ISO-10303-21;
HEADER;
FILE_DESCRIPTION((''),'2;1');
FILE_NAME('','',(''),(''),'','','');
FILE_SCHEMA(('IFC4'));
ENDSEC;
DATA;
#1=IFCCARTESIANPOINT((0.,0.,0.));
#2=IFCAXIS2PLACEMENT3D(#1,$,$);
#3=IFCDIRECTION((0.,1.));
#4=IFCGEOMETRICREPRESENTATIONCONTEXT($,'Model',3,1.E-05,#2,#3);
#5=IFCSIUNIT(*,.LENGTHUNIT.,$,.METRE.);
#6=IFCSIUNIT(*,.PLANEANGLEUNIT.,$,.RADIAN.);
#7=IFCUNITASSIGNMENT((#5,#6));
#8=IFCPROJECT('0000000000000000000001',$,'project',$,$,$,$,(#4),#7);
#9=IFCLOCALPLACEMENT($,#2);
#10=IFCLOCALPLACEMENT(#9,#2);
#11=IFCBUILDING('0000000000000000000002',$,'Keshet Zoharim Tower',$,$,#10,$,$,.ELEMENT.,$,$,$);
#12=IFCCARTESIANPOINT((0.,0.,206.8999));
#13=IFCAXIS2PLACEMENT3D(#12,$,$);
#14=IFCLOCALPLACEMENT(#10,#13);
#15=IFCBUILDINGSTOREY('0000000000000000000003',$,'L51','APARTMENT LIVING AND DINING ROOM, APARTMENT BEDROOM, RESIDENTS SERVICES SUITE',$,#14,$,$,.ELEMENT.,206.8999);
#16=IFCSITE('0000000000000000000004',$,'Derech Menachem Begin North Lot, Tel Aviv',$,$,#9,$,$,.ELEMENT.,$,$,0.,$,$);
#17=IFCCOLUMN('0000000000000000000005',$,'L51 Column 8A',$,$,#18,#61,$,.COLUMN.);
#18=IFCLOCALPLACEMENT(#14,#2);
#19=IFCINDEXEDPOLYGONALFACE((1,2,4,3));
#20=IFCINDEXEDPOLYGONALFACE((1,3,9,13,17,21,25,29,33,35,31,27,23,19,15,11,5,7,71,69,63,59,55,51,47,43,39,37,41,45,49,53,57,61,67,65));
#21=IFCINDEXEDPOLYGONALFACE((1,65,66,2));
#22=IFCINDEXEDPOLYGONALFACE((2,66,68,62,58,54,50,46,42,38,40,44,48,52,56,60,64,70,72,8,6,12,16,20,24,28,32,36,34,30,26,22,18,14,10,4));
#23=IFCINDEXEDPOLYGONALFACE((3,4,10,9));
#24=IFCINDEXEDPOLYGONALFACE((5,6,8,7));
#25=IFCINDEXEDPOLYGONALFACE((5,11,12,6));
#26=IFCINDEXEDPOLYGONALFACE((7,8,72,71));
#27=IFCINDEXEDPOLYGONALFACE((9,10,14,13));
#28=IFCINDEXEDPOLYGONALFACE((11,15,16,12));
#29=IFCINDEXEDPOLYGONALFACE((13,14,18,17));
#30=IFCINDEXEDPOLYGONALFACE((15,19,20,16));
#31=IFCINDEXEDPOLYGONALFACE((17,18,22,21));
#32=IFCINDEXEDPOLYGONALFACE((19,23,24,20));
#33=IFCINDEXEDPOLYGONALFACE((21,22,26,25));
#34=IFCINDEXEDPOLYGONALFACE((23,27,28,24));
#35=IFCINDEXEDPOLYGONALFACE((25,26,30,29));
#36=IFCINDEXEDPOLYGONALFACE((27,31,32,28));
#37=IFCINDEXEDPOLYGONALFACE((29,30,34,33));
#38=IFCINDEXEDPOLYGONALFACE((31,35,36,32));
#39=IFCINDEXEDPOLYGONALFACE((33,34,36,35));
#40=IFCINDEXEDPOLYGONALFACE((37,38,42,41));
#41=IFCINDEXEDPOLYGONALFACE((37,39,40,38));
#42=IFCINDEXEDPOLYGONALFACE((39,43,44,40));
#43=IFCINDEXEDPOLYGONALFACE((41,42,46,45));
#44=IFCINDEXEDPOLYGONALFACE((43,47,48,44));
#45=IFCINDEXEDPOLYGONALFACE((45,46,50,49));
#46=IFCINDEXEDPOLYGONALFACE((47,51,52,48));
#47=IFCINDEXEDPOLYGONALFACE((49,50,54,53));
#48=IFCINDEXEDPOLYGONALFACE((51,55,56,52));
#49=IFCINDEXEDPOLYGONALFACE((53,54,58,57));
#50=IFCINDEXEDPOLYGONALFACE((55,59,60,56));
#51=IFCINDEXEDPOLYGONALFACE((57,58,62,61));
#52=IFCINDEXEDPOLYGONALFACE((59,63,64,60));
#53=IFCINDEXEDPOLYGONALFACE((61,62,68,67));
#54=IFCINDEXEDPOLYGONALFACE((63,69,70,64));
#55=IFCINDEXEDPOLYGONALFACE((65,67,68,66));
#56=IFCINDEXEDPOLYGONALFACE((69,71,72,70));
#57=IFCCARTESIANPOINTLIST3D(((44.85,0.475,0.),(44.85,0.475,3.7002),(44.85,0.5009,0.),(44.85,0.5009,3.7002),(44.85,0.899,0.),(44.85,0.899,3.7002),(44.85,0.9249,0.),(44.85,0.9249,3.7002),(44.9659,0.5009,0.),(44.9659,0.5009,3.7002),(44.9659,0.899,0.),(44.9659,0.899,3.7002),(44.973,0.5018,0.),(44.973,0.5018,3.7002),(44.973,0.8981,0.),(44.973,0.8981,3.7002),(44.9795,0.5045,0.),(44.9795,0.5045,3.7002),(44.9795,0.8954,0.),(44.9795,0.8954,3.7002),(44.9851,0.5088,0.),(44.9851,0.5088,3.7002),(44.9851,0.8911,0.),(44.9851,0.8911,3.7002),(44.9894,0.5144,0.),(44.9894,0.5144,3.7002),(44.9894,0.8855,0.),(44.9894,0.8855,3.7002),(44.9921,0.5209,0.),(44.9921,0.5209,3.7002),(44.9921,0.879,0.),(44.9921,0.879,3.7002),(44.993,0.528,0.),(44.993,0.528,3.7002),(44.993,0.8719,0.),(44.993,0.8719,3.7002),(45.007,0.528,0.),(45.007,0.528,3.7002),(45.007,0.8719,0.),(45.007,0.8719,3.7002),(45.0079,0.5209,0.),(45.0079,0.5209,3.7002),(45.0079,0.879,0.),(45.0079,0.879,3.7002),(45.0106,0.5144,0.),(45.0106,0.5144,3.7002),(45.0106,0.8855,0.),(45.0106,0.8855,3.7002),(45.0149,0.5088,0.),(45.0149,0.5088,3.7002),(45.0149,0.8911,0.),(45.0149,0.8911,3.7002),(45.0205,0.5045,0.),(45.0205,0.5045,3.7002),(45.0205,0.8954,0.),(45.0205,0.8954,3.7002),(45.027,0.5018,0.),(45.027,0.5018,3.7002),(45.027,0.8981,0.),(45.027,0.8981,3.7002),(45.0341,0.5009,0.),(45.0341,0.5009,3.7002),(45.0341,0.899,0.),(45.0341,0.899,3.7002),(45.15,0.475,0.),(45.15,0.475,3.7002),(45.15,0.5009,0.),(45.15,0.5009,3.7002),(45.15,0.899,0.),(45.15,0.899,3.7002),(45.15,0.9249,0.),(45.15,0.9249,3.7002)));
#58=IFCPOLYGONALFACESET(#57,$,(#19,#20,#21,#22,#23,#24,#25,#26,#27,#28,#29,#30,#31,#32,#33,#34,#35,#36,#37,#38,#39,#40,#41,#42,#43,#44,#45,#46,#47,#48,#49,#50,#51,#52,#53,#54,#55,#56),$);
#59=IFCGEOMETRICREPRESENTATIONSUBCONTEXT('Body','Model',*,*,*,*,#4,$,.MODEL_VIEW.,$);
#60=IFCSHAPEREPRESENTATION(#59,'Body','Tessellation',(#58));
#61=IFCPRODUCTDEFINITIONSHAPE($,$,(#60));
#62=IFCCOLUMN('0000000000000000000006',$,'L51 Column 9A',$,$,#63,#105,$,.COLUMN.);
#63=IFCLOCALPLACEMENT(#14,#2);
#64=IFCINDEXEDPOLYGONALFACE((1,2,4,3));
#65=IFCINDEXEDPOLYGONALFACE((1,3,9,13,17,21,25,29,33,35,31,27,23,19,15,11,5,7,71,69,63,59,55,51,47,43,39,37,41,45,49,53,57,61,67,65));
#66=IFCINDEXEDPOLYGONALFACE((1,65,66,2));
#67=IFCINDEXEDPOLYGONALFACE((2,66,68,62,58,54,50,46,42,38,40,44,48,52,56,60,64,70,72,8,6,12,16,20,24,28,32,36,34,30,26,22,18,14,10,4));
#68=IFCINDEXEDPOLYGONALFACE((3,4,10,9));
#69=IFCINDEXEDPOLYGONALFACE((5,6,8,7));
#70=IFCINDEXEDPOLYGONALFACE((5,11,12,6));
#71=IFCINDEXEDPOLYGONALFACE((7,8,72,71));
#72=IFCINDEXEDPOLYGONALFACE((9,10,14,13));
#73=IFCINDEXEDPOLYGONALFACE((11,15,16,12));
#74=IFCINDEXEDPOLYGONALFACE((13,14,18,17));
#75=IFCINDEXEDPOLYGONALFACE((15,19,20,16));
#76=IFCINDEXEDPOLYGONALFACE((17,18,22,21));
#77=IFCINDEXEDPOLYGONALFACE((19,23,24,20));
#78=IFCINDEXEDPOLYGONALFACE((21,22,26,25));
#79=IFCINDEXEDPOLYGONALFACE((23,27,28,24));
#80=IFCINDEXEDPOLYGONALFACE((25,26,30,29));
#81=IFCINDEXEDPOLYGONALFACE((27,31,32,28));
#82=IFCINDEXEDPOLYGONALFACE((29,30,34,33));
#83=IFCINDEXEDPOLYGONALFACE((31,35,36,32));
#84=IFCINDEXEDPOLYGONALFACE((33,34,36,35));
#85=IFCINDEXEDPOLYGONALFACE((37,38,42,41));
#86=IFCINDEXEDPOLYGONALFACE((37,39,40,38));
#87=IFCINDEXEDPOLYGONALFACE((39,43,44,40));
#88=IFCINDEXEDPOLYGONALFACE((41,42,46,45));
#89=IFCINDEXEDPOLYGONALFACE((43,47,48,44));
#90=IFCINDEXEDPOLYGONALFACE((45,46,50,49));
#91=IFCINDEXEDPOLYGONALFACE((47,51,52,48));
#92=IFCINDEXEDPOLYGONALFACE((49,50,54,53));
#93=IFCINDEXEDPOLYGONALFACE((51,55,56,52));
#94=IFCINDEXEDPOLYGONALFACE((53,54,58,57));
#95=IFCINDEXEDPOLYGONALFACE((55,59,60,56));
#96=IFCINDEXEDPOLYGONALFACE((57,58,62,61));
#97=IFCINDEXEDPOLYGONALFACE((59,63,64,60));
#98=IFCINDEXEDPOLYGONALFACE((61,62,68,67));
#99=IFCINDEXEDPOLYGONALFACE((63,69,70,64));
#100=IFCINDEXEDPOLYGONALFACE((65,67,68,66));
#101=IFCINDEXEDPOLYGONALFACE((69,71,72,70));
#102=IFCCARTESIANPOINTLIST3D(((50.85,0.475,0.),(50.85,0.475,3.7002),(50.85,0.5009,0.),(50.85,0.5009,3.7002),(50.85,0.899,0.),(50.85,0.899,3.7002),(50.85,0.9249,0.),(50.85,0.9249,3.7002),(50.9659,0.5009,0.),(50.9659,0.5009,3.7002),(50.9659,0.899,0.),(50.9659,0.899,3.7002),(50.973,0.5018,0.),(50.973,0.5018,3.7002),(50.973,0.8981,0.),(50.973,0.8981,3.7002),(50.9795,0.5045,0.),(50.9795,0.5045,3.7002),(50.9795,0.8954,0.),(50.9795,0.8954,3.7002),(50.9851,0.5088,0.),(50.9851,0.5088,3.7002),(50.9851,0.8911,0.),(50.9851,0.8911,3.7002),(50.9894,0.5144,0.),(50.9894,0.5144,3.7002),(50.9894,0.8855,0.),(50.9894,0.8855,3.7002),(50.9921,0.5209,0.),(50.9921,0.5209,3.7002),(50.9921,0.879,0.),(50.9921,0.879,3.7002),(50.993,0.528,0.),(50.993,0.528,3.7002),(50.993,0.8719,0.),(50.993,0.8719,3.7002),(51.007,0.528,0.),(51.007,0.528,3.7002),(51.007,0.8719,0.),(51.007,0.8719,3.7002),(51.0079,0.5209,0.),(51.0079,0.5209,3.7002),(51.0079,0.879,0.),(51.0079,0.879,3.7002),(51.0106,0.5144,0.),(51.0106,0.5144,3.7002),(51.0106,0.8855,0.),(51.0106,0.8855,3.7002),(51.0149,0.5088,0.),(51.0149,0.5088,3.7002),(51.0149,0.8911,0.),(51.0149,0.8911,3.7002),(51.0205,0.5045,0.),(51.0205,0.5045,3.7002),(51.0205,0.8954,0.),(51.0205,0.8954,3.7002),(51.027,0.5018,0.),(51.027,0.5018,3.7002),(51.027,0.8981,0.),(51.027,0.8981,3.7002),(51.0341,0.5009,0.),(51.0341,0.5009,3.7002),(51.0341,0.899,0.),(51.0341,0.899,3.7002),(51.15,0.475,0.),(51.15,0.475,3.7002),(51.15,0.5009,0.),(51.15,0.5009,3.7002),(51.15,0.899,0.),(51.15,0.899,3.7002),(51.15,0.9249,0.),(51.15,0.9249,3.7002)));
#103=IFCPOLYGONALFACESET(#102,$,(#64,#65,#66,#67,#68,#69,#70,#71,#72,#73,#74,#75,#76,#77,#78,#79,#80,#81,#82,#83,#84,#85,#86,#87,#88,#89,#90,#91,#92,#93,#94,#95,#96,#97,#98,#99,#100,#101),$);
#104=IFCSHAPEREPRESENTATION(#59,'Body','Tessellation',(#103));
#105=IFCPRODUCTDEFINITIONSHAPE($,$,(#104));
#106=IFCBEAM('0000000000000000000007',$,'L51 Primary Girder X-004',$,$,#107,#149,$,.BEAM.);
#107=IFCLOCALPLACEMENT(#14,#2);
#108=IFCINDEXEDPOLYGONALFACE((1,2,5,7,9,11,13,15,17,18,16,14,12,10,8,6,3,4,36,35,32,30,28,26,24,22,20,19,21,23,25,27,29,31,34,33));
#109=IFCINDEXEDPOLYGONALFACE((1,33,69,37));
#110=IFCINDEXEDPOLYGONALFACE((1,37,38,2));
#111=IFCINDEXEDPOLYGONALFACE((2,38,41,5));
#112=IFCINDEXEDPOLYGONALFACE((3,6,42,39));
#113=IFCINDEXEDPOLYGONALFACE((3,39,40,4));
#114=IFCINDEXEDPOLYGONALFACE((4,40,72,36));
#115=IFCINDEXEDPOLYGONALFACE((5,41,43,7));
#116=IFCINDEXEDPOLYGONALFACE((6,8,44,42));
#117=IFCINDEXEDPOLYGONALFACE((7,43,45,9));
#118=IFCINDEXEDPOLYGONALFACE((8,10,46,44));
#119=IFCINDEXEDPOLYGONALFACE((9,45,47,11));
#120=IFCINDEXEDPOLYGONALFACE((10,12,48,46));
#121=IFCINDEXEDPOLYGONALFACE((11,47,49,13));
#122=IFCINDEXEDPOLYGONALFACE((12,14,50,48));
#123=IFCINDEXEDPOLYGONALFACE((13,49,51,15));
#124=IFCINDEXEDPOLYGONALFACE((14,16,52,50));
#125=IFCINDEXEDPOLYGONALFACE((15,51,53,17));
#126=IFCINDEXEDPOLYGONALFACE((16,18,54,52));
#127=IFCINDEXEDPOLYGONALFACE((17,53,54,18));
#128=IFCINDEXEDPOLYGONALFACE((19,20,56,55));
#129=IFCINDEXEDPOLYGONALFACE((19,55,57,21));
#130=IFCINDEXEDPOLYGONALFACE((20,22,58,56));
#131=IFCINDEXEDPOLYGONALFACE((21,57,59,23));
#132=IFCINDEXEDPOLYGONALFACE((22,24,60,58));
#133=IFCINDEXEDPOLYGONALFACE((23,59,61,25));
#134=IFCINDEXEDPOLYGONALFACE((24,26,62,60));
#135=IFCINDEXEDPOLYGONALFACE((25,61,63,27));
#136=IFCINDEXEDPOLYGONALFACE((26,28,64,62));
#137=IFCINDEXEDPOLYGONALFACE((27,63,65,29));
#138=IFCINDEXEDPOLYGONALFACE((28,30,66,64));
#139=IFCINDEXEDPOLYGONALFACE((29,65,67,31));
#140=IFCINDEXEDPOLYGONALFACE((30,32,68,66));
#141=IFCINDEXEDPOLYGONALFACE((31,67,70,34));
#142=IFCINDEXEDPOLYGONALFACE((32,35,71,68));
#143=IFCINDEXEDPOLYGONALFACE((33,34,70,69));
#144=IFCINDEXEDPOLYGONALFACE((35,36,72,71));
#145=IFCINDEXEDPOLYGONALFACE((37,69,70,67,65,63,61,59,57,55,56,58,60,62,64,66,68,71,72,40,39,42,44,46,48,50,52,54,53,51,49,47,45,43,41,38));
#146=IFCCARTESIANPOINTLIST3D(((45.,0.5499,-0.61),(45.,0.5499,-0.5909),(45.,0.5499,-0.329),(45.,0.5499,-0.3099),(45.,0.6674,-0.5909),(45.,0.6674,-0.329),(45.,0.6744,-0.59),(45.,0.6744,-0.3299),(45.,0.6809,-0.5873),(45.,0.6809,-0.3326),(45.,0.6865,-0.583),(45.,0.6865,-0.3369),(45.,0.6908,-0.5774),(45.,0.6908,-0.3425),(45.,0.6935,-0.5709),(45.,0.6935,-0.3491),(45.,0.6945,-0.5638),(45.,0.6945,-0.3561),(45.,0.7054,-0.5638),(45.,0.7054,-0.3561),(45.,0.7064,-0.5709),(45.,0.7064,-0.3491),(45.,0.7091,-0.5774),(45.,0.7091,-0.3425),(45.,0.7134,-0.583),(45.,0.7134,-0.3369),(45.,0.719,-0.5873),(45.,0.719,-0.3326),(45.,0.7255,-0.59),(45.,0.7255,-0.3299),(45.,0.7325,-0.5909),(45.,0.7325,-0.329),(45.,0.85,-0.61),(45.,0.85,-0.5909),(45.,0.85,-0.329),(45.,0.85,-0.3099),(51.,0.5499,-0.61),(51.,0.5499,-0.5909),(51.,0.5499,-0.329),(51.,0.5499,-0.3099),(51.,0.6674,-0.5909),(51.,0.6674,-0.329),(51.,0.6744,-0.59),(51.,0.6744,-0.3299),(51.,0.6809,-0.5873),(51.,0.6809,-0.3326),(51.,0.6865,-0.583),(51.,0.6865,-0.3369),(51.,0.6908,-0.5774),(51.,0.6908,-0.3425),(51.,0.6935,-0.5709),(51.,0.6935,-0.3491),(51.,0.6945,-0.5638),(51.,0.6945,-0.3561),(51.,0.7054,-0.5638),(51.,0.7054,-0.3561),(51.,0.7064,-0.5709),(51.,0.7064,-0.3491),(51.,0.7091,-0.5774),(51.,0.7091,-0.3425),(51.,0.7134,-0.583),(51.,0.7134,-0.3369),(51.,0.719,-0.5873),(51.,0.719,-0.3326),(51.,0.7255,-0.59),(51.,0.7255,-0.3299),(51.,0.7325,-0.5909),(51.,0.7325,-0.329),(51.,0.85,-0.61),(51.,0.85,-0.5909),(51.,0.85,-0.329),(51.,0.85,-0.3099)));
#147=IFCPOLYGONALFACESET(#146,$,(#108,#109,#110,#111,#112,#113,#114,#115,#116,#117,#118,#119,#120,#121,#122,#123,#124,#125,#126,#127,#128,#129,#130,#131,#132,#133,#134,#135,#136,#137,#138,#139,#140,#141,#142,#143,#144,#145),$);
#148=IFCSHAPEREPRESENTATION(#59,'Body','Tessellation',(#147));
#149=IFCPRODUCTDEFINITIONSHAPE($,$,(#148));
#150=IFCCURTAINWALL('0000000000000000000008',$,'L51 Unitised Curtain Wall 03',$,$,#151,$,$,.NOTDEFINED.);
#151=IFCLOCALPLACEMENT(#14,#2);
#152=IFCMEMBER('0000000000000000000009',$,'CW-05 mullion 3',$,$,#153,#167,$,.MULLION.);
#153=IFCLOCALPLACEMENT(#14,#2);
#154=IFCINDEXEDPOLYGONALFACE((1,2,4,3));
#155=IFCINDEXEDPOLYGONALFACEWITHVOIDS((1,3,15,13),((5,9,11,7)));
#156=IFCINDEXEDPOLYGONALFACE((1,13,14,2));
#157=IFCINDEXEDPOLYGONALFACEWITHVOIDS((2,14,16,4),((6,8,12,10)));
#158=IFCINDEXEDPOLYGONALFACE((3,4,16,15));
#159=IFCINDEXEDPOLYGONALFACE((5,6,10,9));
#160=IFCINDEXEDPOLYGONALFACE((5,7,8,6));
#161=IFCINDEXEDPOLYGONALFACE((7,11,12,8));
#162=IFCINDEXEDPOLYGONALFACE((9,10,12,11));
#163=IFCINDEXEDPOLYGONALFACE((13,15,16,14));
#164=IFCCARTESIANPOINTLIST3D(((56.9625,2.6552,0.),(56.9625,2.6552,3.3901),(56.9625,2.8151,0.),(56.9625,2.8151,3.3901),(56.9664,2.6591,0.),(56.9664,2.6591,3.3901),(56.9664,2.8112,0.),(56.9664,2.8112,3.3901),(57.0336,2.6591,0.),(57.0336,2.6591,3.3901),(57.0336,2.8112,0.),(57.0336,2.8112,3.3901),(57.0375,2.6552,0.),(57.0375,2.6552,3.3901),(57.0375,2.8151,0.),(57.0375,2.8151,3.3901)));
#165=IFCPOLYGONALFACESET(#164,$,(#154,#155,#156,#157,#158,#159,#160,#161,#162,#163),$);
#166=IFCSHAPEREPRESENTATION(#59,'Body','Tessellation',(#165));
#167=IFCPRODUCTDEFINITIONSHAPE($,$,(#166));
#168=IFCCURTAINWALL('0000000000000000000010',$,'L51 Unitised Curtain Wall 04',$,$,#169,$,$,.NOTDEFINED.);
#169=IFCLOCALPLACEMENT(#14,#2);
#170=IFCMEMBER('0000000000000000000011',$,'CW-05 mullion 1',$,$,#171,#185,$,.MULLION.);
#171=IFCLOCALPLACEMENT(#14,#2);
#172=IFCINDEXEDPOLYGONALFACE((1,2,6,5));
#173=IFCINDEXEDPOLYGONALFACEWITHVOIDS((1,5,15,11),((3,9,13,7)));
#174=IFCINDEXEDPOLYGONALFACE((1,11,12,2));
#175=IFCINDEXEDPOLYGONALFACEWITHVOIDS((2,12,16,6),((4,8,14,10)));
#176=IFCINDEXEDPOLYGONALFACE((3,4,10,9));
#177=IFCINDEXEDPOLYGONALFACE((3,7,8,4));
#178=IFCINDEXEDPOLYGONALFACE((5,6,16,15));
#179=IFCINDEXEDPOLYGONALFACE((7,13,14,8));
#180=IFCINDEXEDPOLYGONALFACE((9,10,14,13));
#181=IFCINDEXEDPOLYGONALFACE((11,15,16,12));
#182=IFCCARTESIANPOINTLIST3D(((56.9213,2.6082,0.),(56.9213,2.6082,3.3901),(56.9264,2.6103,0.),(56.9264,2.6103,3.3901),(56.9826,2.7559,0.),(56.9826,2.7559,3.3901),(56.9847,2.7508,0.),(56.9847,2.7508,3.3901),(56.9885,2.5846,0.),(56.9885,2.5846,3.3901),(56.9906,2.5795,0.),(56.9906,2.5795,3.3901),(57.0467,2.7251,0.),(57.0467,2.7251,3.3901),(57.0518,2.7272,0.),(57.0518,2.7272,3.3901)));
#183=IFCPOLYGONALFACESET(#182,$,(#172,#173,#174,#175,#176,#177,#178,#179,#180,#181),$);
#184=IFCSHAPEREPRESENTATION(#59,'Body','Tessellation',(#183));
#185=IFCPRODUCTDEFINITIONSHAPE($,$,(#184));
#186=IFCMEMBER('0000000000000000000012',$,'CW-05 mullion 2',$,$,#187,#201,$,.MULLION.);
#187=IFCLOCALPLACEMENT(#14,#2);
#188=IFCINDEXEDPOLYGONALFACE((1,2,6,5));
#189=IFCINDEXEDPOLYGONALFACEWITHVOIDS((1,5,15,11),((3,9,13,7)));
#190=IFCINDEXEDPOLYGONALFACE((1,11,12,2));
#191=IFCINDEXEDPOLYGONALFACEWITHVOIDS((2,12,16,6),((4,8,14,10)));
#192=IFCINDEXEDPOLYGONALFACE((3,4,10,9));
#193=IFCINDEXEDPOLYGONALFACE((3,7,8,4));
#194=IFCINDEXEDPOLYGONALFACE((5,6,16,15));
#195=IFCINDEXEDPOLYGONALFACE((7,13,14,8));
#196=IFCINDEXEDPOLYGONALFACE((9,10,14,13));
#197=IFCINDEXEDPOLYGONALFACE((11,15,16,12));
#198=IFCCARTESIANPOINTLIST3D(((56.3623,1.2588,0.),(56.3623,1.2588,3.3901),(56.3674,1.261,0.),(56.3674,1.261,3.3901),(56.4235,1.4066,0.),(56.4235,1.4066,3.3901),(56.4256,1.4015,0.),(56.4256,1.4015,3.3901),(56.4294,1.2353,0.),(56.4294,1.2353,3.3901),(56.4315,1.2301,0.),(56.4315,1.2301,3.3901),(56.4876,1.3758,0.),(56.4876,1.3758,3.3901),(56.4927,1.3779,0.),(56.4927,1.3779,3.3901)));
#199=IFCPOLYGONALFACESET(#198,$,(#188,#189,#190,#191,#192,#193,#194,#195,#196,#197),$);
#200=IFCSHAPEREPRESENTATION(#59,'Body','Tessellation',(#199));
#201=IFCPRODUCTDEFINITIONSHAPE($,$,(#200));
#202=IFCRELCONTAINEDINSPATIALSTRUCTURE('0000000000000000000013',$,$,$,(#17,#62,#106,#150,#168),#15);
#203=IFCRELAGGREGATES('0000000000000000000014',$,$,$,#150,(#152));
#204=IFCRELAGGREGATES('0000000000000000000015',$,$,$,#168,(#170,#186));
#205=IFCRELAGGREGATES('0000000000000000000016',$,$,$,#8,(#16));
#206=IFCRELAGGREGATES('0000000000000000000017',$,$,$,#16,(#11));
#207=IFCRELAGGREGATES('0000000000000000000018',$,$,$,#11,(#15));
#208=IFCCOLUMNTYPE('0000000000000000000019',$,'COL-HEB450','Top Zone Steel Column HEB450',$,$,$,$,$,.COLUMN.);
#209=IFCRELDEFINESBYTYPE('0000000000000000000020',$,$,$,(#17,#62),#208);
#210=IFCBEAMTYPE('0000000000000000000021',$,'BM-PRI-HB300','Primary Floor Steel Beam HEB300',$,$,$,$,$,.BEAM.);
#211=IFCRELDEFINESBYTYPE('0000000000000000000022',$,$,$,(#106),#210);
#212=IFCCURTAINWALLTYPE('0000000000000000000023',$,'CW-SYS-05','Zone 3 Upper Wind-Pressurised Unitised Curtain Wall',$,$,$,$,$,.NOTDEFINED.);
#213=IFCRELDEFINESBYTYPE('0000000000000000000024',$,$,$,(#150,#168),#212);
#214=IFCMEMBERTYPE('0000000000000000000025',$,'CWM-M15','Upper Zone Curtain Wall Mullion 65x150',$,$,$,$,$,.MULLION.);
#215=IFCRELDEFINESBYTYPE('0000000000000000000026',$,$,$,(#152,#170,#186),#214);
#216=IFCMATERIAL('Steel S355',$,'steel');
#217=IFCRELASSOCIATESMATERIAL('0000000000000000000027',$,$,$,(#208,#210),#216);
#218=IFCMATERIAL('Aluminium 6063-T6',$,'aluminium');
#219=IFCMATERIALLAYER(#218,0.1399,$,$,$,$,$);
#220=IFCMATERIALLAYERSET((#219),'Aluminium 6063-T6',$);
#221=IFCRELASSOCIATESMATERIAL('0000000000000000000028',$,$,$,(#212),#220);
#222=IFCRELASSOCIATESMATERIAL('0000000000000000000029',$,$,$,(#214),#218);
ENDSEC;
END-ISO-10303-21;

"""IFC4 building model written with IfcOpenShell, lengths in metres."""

from ifc_helpers import new_model, si_unit, direction, frame, origin, origin_2d, place, context, subcontext, project, spatial, hollow_rectangle, i_section, extrude, material, layer, layer_set, material_profile, profile_set, type_object, element, aggregate, save


model = new_model("IFC4")

# Units and contexts
model_context = context("Model", 3, precision=1e-05, world=origin(), true_north=direction((0.0, 1.0)))
body_context = subcontext(model_context, "Body", "Model", "MODEL_VIEW")
ifc_project = project(units=[si_unit("LENGTHUNIT", "METRE"), si_unit("PLANEANGLEUNIT", "RADIAN")], contexts=[model_context])

# Site, building, storey
site_placement = place(None, origin())
site = spatial("IfcSite", under=ifc_project, at=site_placement, Name="Derech Menachem Begin North Lot, Tel Aviv", CompositionType="ELEMENT", RefElevation=0.0)
building_placement = place(site_placement, origin())
building = spatial("IfcBuilding", under=site, at=building_placement, Name="Keshet Zoharim Tower", CompositionType="ELEMENT")
storey_placement = place(building_placement, frame((0.0, 0.0, 206.8999)))
storey = spatial("IfcBuildingStorey", under=building, at=storey_placement, Name="L51", Description="APARTMENT LIVING AND DINING ROOM, APARTMENT BEDROOM, RESIDENTS SERVICES SUITE", CompositionType="ELEMENT", Elevation=206.8999)

# Columns
ifc_material_1 = material(Name="Steel S355", Category="steel")
ifc_material_profile_1 = material_profile(ifc_material_1, i_section(OverallWidth=0.3, OverallDepth=0.45, WebThickness=0.0139, FlangeThickness=0.0259, FilletRadius=0.0271, at=origin_2d()), Name="HEB450")
ifc_profile_set_1 = profile_set([ifc_material_profile_1], Name="Steel S355")
column_type = type_object("IfcColumnType", Name="COL-HEB450", Description="Top Zone Steel Column HEB450", PredefinedType="COLUMN", material=ifc_profile_set_1)
for number, where, z_axis, x_axis, name in (
    (1, (45.0, 0.7, 0.0), (0.0, 0.0, 1.0), (1.0, 0.0, 0.0), "L51 Column 8A"),
    (2, (51.0, 0.7, 0.0), (0.0, 0.0, 1.0), (1.0, 0.0, 0.0), "L51 Column 9A"),
):
    element("IfcColumn", number, at=place(storey_placement, frame(where, z_axis=z_axis, x_axis=x_axis)), inside=storey, type_object=column_type, Name=name, PredefinedType="COLUMN", context=body_context, shape_type="SweptSolid", body=[
        extrude(i_section(OverallWidth=0.3, OverallDepth=0.45, WebThickness=0.0139, FlangeThickness=0.0259, FilletRadius=0.0271, at=origin_2d()), origin(), (0.0, 0.0, 1.0), 3.7002),
    ])

# Beam
ifc_material_profile_2 = material_profile(ifc_material_1, i_section(OverallWidth=0.3, OverallDepth=0.3, WebThickness=0.011, FlangeThickness=0.019, FilletRadius=0.0271, at=origin_2d()), Name="HEB300")
ifc_profile_set_2 = profile_set([ifc_material_profile_2], Name="Steel S355")
beam_type = type_object("IfcBeamType", Name="BM-PRI-HB300", Description="Primary Floor Steel Beam HEB300", PredefinedType="BEAM", material=ifc_profile_set_2)
beam_placement = place(storey_placement, frame((45.0, 0.7, -0.46), z_axis=(1.0, 0.0, 0.0), x_axis=(0.0, 1.0, 0.0)))
element("IfcBeam", 3, at=beam_placement, inside=storey, type_object=beam_type, Name="L51 Primary Girder X-004", PredefinedType="BEAM", context=body_context, shape_type="SweptSolid", body=[
    extrude(i_section(OverallWidth=0.3, OverallDepth=0.3, WebThickness=0.011, FlangeThickness=0.019, FilletRadius=0.0271, at=origin_2d()), origin(), (0.0, 0.0, 1.0), 6.0),
])

# Curtain wall, member
ifc_material_2 = material(Name="Aluminium 6063-T6", Category="aluminium")
ifc_layer_1 = layer(ifc_material_2, 0.1399)
ifc_layer_set_1 = layer_set([ifc_layer_1], Name="Aluminium 6063-T6")
curtain_wall_type = type_object("IfcCurtainWallType", Name="CW-SYS-05", Description="Zone 3 Upper Wind-Pressurised Unitised Curtain Wall", PredefinedType="NOTDEFINED", material=ifc_layer_set_1)
curtain_wall_1_placement = place(storey_placement, origin())
curtain_wall_1 = element("IfcCurtainWall", 4, at=curtain_wall_1_placement, inside=storey, type_object=curtain_wall_type, Name="L51 Unitised Curtain Wall 03", PredefinedType="NOTDEFINED")
ifc_material_profile_3 = material_profile(ifc_material_2, hollow_rectangle(XDim=0.075, YDim=0.1599, WallThickness=0.0039, at=origin_2d()), Name="MUL-75x160")
ifc_profile_set_3 = profile_set([ifc_material_profile_3], Name="Aluminium 6063-T6")
member_type_1 = type_object("IfcMemberType", Name="CWM-M15", Description="Upper Zone Curtain Wall Mullion 65x150", PredefinedType="MULLION", material=ifc_profile_set_3)
member_1_placement = place(storey_placement, frame((57.0, 2.7351, 0.0), z_axis=(0.0, 0.0, 1.0), x_axis=(1.0, 0.0, 0.0)))
member_1 = element("IfcMember", 5, at=member_1_placement, type_object=member_type_1, Name="CW-05 mullion 3", PredefinedType="MULLION", context=body_context, shape_type="SweptSolid", body=[
    extrude(hollow_rectangle(XDim=0.075, YDim=0.1599, WallThickness=0.0039, at=origin_2d()), origin(), (0.0, 0.0, 1.0), 3.3901),
])
aggregate(curtain_wall_1, [member_1])

# Curtain wall, members
curtain_wall_2_placement = place(storey_placement, origin())
curtain_wall_2 = element("IfcCurtainWall", 6, at=curtain_wall_2_placement, inside=storey, type_object=curtain_wall_type, Name="L51 Unitised Curtain Wall 04", PredefinedType="NOTDEFINED")
member_2_placement = place(storey_placement, frame((56.9866, 2.6677, 0.0), z_axis=(0.0, 0.0, 1.0), x_axis=(0.92381, -0.382852, 0.0)))
member_2 = element("IfcMember", 7, at=member_2_placement, type_object=member_type_1, Name="CW-05 mullion 1", PredefinedType="MULLION", context=body_context, shape_type="SweptSolid", body=[
    extrude(hollow_rectangle(XDim=0.075, YDim=0.1599, WallThickness=0.0039, at=origin_2d()), origin(), (0.0, 0.0, 1.0), 3.3901),
])
member_3_placement = place(storey_placement, frame((56.4275, 1.3184, 0.0), z_axis=(0.0, 0.0, 1.0), x_axis=(0.92381, -0.382852, 0.0)))
member_3 = element("IfcMember", 8, at=member_3_placement, type_object=member_type_1, Name="CW-05 mullion 2", PredefinedType="MULLION", context=body_context, shape_type="SweptSolid", body=[
    extrude(hollow_rectangle(XDim=0.075, YDim=0.1599, WallThickness=0.0039, at=origin_2d()), origin(), (0.0, 0.0, 1.0), 3.3901),
])

aggregate(curtain_wall_2, [member_2, member_3])

save(model, "model.ifc")
